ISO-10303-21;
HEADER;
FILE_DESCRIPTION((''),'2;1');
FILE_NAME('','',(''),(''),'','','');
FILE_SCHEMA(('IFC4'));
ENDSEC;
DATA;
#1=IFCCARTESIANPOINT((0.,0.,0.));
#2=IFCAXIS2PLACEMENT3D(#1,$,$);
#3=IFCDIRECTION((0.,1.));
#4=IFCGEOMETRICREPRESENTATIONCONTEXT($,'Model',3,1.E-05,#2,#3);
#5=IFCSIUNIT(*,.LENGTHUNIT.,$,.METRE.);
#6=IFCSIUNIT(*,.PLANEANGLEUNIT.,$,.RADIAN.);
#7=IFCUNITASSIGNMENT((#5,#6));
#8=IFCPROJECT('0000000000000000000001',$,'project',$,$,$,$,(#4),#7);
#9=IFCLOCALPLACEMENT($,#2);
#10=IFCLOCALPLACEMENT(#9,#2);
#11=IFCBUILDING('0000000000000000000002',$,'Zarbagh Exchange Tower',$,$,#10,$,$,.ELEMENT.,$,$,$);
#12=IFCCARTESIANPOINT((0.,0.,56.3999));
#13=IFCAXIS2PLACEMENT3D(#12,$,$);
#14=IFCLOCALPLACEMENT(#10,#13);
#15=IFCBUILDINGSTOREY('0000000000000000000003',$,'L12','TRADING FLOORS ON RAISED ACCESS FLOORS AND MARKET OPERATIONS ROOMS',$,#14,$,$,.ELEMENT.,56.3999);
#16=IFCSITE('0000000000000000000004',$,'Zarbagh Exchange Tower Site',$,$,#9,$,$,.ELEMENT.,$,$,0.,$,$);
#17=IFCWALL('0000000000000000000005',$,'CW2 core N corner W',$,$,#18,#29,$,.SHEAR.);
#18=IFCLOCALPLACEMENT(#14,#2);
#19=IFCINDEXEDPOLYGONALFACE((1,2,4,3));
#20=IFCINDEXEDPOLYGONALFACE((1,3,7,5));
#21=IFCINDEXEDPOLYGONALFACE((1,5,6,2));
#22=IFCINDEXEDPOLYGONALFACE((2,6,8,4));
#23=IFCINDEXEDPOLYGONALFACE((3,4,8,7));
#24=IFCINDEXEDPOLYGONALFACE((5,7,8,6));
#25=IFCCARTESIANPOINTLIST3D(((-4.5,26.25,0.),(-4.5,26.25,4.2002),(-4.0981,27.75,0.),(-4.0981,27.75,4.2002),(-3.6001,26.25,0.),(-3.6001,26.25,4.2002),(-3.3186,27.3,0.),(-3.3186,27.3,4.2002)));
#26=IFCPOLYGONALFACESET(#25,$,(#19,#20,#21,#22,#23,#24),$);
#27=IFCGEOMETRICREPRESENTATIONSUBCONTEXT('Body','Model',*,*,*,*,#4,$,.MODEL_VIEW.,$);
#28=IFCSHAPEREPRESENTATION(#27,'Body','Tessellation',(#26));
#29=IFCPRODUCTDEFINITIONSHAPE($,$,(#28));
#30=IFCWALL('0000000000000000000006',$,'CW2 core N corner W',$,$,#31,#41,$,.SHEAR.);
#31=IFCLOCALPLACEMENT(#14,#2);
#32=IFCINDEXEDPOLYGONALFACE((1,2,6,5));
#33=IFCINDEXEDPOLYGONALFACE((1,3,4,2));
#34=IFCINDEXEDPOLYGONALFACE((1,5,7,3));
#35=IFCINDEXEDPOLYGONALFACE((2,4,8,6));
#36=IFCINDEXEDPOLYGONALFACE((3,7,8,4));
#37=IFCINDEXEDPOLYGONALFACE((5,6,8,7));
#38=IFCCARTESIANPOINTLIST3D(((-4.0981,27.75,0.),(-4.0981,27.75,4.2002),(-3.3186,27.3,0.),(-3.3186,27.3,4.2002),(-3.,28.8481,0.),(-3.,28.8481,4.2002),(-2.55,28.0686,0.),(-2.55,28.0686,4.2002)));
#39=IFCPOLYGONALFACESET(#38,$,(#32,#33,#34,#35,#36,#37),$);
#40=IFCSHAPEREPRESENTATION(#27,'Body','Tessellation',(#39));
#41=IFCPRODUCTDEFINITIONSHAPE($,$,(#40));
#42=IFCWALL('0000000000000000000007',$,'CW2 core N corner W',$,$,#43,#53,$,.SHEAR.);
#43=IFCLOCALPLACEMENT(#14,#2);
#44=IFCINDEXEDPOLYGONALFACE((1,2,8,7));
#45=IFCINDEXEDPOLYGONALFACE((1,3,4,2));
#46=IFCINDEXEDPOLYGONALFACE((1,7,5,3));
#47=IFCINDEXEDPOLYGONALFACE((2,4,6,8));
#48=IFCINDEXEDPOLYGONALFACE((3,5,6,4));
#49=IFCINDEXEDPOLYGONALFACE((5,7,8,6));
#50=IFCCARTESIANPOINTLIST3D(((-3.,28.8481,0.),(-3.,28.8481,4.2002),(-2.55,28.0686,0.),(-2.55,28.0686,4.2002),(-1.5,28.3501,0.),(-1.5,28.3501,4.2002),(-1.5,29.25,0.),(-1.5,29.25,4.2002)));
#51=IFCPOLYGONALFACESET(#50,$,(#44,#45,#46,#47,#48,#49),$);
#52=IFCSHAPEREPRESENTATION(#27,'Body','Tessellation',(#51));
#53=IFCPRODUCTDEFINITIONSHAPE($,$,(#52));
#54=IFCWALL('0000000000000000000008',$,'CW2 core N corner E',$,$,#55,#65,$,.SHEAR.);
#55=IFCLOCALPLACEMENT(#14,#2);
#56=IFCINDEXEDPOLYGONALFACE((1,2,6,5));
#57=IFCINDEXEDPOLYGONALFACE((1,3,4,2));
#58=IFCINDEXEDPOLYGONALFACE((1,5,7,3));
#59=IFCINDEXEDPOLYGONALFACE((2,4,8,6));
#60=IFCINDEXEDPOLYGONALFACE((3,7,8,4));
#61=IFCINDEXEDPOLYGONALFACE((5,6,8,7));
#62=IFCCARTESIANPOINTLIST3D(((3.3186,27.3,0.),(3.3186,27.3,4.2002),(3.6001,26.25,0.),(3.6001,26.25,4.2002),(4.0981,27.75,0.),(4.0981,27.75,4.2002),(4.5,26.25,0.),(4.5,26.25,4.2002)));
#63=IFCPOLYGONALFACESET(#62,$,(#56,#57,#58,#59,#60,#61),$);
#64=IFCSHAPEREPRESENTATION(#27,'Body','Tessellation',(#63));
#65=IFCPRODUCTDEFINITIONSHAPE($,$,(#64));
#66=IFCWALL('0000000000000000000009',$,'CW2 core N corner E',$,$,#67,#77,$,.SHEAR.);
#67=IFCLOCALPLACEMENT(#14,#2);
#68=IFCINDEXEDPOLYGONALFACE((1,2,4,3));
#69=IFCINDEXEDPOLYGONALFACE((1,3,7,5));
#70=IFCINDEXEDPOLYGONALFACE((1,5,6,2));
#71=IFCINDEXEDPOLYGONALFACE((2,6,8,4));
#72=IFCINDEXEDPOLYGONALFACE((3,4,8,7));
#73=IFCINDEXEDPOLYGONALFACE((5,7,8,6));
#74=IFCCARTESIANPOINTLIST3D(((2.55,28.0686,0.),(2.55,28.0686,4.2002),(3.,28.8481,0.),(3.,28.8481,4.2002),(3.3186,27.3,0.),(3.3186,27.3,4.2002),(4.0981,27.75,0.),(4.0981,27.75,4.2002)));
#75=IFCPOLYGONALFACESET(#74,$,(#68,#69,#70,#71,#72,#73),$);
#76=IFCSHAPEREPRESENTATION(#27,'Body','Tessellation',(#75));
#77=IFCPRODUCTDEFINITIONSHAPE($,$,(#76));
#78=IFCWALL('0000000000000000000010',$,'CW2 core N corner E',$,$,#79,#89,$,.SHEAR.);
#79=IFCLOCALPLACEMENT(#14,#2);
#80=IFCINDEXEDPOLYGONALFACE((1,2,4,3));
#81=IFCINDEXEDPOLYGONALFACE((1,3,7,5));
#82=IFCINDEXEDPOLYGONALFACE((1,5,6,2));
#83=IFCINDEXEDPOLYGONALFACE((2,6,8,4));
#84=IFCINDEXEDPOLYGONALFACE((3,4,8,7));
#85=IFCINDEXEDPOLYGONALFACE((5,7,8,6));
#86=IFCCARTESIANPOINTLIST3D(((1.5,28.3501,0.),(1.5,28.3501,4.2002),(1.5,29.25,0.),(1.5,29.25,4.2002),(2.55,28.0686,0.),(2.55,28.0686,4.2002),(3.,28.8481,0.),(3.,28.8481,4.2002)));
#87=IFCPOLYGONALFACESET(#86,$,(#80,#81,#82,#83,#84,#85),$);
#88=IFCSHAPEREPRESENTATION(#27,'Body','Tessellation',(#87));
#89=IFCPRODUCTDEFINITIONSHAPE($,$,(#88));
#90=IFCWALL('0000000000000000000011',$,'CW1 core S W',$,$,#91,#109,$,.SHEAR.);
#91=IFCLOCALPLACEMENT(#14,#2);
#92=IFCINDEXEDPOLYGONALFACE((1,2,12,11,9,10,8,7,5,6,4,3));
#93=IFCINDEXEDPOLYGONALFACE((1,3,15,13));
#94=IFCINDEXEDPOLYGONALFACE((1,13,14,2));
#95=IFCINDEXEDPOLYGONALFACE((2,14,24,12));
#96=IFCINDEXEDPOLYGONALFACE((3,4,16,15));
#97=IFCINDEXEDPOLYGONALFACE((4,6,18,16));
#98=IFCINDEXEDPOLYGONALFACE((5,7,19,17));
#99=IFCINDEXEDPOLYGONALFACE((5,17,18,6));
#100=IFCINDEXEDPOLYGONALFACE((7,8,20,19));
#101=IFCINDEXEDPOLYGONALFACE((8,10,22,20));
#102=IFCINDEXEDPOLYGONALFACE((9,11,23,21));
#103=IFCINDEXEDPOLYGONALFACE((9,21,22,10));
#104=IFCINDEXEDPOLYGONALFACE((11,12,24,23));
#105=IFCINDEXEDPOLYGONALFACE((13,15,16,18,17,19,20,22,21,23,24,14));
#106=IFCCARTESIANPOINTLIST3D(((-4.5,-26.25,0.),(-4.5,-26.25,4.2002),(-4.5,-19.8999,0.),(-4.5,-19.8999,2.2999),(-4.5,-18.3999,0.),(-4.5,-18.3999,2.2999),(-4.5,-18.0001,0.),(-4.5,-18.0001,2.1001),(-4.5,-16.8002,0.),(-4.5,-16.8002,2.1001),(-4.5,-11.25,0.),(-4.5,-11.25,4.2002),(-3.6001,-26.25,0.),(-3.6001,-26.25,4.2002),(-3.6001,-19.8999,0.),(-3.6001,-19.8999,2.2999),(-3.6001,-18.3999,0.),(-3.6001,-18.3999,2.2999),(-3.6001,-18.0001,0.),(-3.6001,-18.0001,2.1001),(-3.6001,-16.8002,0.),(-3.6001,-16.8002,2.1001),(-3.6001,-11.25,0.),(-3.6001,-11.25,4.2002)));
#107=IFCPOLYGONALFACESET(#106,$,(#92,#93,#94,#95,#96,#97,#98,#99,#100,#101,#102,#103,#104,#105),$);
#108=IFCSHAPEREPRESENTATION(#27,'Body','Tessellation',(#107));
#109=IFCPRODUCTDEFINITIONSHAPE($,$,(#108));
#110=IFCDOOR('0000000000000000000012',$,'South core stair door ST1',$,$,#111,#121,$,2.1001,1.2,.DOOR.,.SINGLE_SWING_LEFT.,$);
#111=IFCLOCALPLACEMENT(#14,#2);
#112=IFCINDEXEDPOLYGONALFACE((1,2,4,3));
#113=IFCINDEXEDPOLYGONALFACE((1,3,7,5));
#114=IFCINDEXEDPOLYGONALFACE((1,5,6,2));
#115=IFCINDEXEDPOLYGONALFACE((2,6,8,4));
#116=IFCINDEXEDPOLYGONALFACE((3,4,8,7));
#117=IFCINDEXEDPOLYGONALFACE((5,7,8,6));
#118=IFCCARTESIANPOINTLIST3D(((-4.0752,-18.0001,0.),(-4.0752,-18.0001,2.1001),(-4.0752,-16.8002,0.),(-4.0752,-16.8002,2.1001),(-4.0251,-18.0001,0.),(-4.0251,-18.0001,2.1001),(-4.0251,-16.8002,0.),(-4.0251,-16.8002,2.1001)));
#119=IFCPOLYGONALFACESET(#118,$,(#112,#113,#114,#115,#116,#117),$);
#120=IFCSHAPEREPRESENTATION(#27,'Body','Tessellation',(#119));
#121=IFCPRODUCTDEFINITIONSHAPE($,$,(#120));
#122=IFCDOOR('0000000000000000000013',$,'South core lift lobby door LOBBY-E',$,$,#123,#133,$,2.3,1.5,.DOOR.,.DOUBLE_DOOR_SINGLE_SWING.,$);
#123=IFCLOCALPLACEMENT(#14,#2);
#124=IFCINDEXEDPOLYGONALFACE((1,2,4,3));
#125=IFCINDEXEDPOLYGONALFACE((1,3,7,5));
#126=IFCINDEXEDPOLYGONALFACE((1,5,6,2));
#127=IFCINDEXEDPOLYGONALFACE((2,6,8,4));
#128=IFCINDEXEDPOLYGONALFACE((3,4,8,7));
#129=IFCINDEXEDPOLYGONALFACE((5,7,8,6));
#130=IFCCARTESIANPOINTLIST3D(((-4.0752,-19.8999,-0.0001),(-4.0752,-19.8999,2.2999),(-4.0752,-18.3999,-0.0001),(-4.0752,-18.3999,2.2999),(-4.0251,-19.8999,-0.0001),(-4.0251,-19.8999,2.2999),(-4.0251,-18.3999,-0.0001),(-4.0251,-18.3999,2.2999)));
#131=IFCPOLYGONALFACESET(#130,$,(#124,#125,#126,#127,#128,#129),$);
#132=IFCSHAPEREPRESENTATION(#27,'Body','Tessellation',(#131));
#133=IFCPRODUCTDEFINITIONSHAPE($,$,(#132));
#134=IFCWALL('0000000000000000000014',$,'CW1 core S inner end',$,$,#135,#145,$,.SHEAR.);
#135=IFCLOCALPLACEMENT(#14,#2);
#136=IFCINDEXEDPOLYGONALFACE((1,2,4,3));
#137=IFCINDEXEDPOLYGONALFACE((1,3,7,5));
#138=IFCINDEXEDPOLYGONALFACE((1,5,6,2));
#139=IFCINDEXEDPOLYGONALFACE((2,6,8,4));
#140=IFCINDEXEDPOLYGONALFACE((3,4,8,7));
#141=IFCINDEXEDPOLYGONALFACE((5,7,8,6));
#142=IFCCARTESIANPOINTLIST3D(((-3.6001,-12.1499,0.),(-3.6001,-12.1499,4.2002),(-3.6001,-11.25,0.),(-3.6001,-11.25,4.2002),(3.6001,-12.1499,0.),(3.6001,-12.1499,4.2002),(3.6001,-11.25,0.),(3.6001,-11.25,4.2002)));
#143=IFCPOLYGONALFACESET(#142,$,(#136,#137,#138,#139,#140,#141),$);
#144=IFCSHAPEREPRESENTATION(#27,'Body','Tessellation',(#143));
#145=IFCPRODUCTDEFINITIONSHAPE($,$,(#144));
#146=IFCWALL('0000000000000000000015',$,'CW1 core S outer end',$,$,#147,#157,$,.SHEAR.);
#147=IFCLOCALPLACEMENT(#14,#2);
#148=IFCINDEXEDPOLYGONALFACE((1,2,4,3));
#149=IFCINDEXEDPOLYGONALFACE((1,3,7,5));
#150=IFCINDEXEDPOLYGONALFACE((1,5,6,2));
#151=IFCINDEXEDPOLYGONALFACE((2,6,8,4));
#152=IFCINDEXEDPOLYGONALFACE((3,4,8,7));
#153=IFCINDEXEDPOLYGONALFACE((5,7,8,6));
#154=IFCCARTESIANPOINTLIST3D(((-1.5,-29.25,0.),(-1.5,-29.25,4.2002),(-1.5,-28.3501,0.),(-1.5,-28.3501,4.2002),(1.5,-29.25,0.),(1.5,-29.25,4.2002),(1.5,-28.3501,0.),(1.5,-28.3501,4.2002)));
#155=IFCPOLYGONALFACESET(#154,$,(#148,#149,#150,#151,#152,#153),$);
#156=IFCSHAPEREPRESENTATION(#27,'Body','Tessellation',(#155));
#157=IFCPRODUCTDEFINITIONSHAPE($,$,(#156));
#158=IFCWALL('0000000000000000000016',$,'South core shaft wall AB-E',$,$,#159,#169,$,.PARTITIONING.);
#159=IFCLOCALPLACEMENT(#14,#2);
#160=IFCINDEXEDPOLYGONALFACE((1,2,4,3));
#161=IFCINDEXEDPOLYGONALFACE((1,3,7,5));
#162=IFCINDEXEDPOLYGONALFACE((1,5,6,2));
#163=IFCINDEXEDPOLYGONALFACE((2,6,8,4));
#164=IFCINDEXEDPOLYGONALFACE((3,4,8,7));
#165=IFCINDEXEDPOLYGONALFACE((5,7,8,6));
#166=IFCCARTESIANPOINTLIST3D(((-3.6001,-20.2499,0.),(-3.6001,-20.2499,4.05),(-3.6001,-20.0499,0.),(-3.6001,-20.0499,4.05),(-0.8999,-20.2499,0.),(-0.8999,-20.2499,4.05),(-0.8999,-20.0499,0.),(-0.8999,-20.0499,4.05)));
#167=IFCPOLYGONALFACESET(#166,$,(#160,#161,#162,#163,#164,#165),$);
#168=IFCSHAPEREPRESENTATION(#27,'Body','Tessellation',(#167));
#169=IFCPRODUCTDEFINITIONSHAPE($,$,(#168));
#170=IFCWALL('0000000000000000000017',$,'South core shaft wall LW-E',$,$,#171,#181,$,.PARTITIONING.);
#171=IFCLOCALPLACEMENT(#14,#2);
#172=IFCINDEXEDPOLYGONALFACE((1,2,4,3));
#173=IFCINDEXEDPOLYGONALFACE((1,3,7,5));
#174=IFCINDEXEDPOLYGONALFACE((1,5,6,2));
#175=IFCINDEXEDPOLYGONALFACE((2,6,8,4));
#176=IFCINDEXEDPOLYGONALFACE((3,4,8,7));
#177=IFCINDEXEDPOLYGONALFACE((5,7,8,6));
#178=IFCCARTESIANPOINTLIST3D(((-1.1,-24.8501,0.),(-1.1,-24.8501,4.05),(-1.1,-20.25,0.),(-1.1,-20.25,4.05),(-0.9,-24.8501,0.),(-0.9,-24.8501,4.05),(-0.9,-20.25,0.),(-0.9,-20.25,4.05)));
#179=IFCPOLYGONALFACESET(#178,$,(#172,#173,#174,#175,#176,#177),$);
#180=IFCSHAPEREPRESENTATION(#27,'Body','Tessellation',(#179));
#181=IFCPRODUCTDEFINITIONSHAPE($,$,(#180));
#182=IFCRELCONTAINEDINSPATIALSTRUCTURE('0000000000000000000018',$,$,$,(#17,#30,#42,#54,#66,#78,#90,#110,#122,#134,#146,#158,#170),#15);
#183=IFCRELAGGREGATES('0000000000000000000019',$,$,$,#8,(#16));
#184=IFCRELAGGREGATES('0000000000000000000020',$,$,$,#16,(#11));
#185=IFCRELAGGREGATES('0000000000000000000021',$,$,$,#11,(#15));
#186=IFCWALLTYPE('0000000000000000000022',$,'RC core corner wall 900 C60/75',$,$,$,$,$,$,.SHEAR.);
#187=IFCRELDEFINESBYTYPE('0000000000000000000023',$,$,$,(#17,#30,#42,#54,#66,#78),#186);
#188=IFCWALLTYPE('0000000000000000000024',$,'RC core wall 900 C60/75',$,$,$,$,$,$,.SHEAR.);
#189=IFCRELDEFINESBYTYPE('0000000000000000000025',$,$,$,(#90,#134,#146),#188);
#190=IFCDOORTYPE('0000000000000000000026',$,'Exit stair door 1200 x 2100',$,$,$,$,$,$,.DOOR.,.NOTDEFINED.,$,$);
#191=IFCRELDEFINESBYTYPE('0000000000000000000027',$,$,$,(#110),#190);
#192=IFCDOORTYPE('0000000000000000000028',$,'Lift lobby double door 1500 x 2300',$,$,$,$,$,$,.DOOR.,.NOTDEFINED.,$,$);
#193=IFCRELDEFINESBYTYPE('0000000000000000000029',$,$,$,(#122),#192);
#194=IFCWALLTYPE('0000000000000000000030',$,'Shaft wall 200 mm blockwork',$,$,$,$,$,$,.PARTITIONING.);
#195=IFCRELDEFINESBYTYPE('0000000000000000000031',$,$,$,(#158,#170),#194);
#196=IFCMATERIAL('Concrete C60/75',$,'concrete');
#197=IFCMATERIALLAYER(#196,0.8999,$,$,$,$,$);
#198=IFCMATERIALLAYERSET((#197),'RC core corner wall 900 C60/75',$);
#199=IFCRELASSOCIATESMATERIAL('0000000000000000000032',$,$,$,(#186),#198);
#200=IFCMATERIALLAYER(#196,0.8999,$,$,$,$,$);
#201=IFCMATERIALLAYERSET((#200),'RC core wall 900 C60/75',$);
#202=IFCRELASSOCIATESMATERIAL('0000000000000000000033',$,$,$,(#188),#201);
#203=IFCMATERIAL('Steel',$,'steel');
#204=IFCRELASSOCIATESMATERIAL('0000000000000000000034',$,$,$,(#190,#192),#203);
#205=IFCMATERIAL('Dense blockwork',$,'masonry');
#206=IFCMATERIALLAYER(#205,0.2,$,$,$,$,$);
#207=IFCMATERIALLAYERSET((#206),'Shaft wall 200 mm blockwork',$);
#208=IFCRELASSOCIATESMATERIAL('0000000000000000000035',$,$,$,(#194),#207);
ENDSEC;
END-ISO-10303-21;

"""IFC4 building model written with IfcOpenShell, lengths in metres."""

from ifc_helpers import new_model, si_unit, direction, frame, frame_2d, origin, place, context, subcontext, project, spatial, polyline, rectangle, outline, extrude, material, layer, layer_set, type_object, element, fill, save


model = new_model("IFC4")

# Units and contexts
model_context = context("Model", 3, precision=1e-05, world=origin(), true_north=direction((0.0, 1.0)))
body_context = subcontext(model_context, "Body", "Model", "MODEL_VIEW")
ifc_project = project(units=[si_unit("LENGTHUNIT", "METRE"), si_unit("PLANEANGLEUNIT", "RADIAN")], contexts=[model_context])

# Site, building, storey
site_placement = place(None, origin())
site = spatial("IfcSite", under=ifc_project, at=site_placement, Name="Zarbagh Exchange Tower Site", CompositionType="ELEMENT", RefElevation=0.0)
building_placement = place(site_placement, origin())
building = spatial("IfcBuilding", under=site, at=building_placement, Name="Zarbagh Exchange Tower", CompositionType="ELEMENT")
storey_placement = place(building_placement, frame((0.0, 0.0, 56.3999)))
storey = spatial("IfcBuildingStorey", under=building, at=storey_placement, Name="L12", Description="TRADING FLOORS ON RAISED ACCESS FLOORS AND MARKET OPERATIONS ROOMS", CompositionType="ELEMENT", Elevation=56.3999)

# Shared definitions
ifc_material_1 = material(Name="Concrete C60/75", Category="concrete")

# Walls
ifc_layer_1 = layer(ifc_material_1, 0.8999)
ifc_layer_set_1 = layer_set([ifc_layer_1], Name="RC core corner wall 900 C60/75")
wall_type_1 = type_object("IfcWallType", Name="RC core corner wall 900 C60/75", PredefinedType="SHEAR", material=ifc_layer_set_1)
wall_1_placement = place(storey_placement, origin())
element("IfcWall", 1, at=wall_1_placement, inside=storey, type_object=wall_type_1, Name="CW2 core N corner W", PredefinedType="SHEAR", context=body_context, shape_type="SweptSolid", body=[
    extrude(outline(polyline([(-4.5, 26.25), (-4.0981, 27.75), (-3.3186, 27.3), (-3.6001, 26.25), (-4.5, 26.25)])), origin(), (0.0, 0.0, 1.0), 4.2002),
])
wall_2_placement = place(storey_placement, origin())
element("IfcWall", 2, at=wall_2_placement, inside=storey, type_object=wall_type_1, Name="CW2 core N corner W", PredefinedType="SHEAR", context=body_context, shape_type="SweptSolid", body=[
    extrude(outline(polyline([(-4.0981, 27.75), (-3.0, 28.8481), (-2.55, 28.0686), (-3.3186, 27.3), (-4.0981, 27.75)])), origin(), (0.0, 0.0, 1.0), 4.2002),
])
wall_3_placement = place(storey_placement, origin())
element("IfcWall", 3, at=wall_3_placement, inside=storey, type_object=wall_type_1, Name="CW2 core N corner W", PredefinedType="SHEAR", context=body_context, shape_type="SweptSolid", body=[
    extrude(outline(polyline([(-3.0, 28.8481), (-1.5, 29.25), (-1.5, 28.3501), (-2.55, 28.0686), (-3.0, 28.8481)])), origin(), (0.0, 0.0, 1.0), 4.2002),
])
wall_4_placement = place(storey_placement, origin())
element("IfcWall", 4, at=wall_4_placement, inside=storey, type_object=wall_type_1, Name="CW2 core N corner E", PredefinedType="SHEAR", context=body_context, shape_type="SweptSolid", body=[
    extrude(outline(polyline([(4.5, 26.25), (4.0981, 27.75), (3.3186, 27.3), (3.6001, 26.25), (4.5, 26.25)])), origin(), (0.0, 0.0, 1.0), 4.2002),
])
wall_5_placement = place(storey_placement, origin())
element("IfcWall", 5, at=wall_5_placement, inside=storey, type_object=wall_type_1, Name="CW2 core N corner E", PredefinedType="SHEAR", context=body_context, shape_type="SweptSolid", body=[
    extrude(outline(polyline([(4.0981, 27.75), (3.0, 28.8481), (2.55, 28.0686), (3.3186, 27.3), (4.0981, 27.75)])), origin(), (0.0, 0.0, 1.0), 4.2002),
])
wall_6_placement = place(storey_placement, origin())
element("IfcWall", 6, at=wall_6_placement, inside=storey, type_object=wall_type_1, Name="CW2 core N corner E", PredefinedType="SHEAR", context=body_context, shape_type="SweptSolid", body=[
    extrude(outline(polyline([(3.0, 28.8481), (1.5, 29.25), (1.5, 28.3501), (2.55, 28.0686), (3.0, 28.8481)])), origin(), (0.0, 0.0, 1.0), 4.2002),
])

# Wall, openings, doors
ifc_layer_2 = layer(ifc_material_1, 0.8999)
ifc_layer_set_2 = layer_set([ifc_layer_2], Name="RC core wall 900 C60/75")
wall_type_2 = type_object("IfcWallType", Name="RC core wall 900 C60/75", PredefinedType="SHEAR", material=ifc_layer_set_2)
wall_7_placement = place(storey_placement, frame((-4.05, -11.25, 0.0), z_axis=(0.0, 0.0, 1.0), x_axis=(0.0, -1.0, 0.0)))
wall_7 = element("IfcWall", 7, at=wall_7_placement, inside=storey, type_object=wall_type_2, Name="CW1 core S W", PredefinedType="SHEAR", context=body_context, shape_type="SweptSolid", body=[
    extrude(rectangle(XDim=15.0, YDim=0.8999, at=frame_2d((7.5, 0.0))), origin(), (0.0, 0.0, 1.0), 4.2002),
])
opening_1_placement = place(wall_7_placement, frame((7.1499, 0.0, 0.0)))
opening_1 = element("IfcOpeningElement", 8, at=opening_1_placement, cuts=wall_7, PredefinedType="OPENING", context=body_context, shape_type="SweptSolid", body=[
    extrude(rectangle(XDim=1.5, YDim=2.3, at=frame_2d((0.75, 1.1499))), frame((0.0, 0.46, 0.0), z_axis=(0.0, -1.0, 0.0), x_axis=(1.0, 0.0, 0.0)), (0.0, 0.0, 1.0), 0.9199),
])
opening_2_placement = place(wall_7_placement, frame((5.55, 0.0, 0.0)))
opening_2 = element("IfcOpeningElement", 9, at=opening_2_placement, cuts=wall_7, PredefinedType="OPENING", context=body_context, shape_type="SweptSolid", body=[
    extrude(rectangle(XDim=1.2, YDim=2.1001, at=frame_2d((0.6001, 1.05))), frame((0.0, 0.46, 0.0), z_axis=(0.0, -1.0, 0.0), x_axis=(1.0, 0.0, 0.0)), (0.0, 0.0, 1.0), 0.9199),
])
ifc_material_2 = material(Name="Steel", Category="steel")
door_type_1 = type_object("IfcDoorType", Name="Exit stair door 1200 x 2100", OperationType="NOTDEFINED", PredefinedType="DOOR", material=ifc_material_2)
door_1_placement = place(opening_2_placement, origin())
door_1 = element("IfcDoor", 10, at=door_1_placement, inside=storey, type_object=door_type_1, Name="South core stair door ST1", OperationType="SINGLE_SWING_LEFT", OverallHeight=2.1001, OverallWidth=1.2, PredefinedType="DOOR", context=body_context, shape_type="SweptSolid", body=[
    extrude(rectangle(XDim=1.2, YDim=2.1001, at=frame_2d((0.6001, 1.05))), frame((0.0, 0.0249, 0.0), z_axis=(0.0, -1.0, 0.0), x_axis=(1.0, 0.0, 0.0)), (0.0, 0.0, 1.0), 0.05),
])
fill(opening_2, door_1)
door_type_2 = type_object("IfcDoorType", Name="Lift lobby double door 1500 x 2300", OperationType="NOTDEFINED", PredefinedType="DOOR", material=ifc_material_2)
door_2_placement = place(opening_1_placement, origin())
door_2 = element("IfcDoor", 11, at=door_2_placement, inside=storey, type_object=door_type_2, Name="South core lift lobby door LOBBY-E", OperationType="DOUBLE_DOOR_SINGLE_SWING", OverallHeight=2.3, OverallWidth=1.5, PredefinedType="DOOR", context=body_context, shape_type="SweptSolid", body=[
    extrude(rectangle(XDim=1.5, YDim=2.3, at=frame_2d((0.75, 1.1499))), frame((0.0, 0.0249, 0.0), z_axis=(0.0, -1.0, 0.0), x_axis=(1.0, 0.0, 0.0)), (0.0, 0.0, 1.0), 0.05),
])
fill(opening_1, door_2)

# Walls
wall_8_placement = place(storey_placement, frame((-3.6001, -11.7, 0.0), z_axis=(0.0, 0.0, 1.0), x_axis=(1.0, 0.0, 0.0)))
element("IfcWall", 12, at=wall_8_placement, inside=storey, type_object=wall_type_2, Name="CW1 core S inner end", PredefinedType="SHEAR", context=body_context, shape_type="SweptSolid", body=[
    extrude(rectangle(XDim=7.2002, YDim=0.8999, at=frame_2d((3.6001, 0.0))), origin(), (0.0, 0.0, 1.0), 4.2002),
])
wall_9_placement = place(storey_placement, frame((-1.5, -28.8, 0.0), z_axis=(0.0, 0.0, 1.0), x_axis=(1.0, 0.0, 0.0)))
element("IfcWall", 13, at=wall_9_placement, inside=storey, type_object=wall_type_2, Name="CW1 core S outer end", PredefinedType="SHEAR", context=body_context, shape_type="SweptSolid", body=[
    extrude(rectangle(XDim=3.0, YDim=0.8999, at=frame_2d((1.5, 0.0))), origin(), (0.0, 0.0, 1.0), 4.2002),
])
ifc_material_3 = material(Name="Dense blockwork", Category="masonry")
ifc_layer_3 = layer(ifc_material_3, 0.2)
ifc_layer_set_3 = layer_set([ifc_layer_3], Name="Shaft wall 200 mm blockwork")
wall_type_3 = type_object("IfcWallType", Name="Shaft wall 200 mm blockwork", PredefinedType="PARTITIONING", material=ifc_layer_set_3)
wall_10_placement = place(storey_placement, frame((-0.8999, -20.1499, 0.0), z_axis=(0.0, 0.0, 1.0), x_axis=(-1.0, 0.0, 0.0)))
element("IfcWall", 14, at=wall_10_placement, inside=storey, type_object=wall_type_3, Name="South core shaft wall AB-E", PredefinedType="PARTITIONING", context=body_context, shape_type="SweptSolid", body=[
    extrude(rectangle(XDim=2.7002, YDim=0.2, at=frame_2d((1.3501, 0.0))), origin(), (0.0, 0.0, 1.0), 4.05),
])
wall_11_placement = place(storey_placement, frame((-1.0, -24.8501, 0.0), z_axis=(0.0, 0.0, 1.0), x_axis=(0.0, 1.0, 0.0)))
element("IfcWall", 15, at=wall_11_placement, inside=storey, type_object=wall_type_3, Name="South core shaft wall LW-E", PredefinedType="PARTITIONING", context=body_context, shape_type="SweptSolid", body=[
    extrude(rectangle(XDim=4.6001, YDim=0.2, at=frame_2d((2.3, 0.0))), origin(), (0.0, 0.0, 1.0), 4.05),
])

save(model, "model.ifc")
